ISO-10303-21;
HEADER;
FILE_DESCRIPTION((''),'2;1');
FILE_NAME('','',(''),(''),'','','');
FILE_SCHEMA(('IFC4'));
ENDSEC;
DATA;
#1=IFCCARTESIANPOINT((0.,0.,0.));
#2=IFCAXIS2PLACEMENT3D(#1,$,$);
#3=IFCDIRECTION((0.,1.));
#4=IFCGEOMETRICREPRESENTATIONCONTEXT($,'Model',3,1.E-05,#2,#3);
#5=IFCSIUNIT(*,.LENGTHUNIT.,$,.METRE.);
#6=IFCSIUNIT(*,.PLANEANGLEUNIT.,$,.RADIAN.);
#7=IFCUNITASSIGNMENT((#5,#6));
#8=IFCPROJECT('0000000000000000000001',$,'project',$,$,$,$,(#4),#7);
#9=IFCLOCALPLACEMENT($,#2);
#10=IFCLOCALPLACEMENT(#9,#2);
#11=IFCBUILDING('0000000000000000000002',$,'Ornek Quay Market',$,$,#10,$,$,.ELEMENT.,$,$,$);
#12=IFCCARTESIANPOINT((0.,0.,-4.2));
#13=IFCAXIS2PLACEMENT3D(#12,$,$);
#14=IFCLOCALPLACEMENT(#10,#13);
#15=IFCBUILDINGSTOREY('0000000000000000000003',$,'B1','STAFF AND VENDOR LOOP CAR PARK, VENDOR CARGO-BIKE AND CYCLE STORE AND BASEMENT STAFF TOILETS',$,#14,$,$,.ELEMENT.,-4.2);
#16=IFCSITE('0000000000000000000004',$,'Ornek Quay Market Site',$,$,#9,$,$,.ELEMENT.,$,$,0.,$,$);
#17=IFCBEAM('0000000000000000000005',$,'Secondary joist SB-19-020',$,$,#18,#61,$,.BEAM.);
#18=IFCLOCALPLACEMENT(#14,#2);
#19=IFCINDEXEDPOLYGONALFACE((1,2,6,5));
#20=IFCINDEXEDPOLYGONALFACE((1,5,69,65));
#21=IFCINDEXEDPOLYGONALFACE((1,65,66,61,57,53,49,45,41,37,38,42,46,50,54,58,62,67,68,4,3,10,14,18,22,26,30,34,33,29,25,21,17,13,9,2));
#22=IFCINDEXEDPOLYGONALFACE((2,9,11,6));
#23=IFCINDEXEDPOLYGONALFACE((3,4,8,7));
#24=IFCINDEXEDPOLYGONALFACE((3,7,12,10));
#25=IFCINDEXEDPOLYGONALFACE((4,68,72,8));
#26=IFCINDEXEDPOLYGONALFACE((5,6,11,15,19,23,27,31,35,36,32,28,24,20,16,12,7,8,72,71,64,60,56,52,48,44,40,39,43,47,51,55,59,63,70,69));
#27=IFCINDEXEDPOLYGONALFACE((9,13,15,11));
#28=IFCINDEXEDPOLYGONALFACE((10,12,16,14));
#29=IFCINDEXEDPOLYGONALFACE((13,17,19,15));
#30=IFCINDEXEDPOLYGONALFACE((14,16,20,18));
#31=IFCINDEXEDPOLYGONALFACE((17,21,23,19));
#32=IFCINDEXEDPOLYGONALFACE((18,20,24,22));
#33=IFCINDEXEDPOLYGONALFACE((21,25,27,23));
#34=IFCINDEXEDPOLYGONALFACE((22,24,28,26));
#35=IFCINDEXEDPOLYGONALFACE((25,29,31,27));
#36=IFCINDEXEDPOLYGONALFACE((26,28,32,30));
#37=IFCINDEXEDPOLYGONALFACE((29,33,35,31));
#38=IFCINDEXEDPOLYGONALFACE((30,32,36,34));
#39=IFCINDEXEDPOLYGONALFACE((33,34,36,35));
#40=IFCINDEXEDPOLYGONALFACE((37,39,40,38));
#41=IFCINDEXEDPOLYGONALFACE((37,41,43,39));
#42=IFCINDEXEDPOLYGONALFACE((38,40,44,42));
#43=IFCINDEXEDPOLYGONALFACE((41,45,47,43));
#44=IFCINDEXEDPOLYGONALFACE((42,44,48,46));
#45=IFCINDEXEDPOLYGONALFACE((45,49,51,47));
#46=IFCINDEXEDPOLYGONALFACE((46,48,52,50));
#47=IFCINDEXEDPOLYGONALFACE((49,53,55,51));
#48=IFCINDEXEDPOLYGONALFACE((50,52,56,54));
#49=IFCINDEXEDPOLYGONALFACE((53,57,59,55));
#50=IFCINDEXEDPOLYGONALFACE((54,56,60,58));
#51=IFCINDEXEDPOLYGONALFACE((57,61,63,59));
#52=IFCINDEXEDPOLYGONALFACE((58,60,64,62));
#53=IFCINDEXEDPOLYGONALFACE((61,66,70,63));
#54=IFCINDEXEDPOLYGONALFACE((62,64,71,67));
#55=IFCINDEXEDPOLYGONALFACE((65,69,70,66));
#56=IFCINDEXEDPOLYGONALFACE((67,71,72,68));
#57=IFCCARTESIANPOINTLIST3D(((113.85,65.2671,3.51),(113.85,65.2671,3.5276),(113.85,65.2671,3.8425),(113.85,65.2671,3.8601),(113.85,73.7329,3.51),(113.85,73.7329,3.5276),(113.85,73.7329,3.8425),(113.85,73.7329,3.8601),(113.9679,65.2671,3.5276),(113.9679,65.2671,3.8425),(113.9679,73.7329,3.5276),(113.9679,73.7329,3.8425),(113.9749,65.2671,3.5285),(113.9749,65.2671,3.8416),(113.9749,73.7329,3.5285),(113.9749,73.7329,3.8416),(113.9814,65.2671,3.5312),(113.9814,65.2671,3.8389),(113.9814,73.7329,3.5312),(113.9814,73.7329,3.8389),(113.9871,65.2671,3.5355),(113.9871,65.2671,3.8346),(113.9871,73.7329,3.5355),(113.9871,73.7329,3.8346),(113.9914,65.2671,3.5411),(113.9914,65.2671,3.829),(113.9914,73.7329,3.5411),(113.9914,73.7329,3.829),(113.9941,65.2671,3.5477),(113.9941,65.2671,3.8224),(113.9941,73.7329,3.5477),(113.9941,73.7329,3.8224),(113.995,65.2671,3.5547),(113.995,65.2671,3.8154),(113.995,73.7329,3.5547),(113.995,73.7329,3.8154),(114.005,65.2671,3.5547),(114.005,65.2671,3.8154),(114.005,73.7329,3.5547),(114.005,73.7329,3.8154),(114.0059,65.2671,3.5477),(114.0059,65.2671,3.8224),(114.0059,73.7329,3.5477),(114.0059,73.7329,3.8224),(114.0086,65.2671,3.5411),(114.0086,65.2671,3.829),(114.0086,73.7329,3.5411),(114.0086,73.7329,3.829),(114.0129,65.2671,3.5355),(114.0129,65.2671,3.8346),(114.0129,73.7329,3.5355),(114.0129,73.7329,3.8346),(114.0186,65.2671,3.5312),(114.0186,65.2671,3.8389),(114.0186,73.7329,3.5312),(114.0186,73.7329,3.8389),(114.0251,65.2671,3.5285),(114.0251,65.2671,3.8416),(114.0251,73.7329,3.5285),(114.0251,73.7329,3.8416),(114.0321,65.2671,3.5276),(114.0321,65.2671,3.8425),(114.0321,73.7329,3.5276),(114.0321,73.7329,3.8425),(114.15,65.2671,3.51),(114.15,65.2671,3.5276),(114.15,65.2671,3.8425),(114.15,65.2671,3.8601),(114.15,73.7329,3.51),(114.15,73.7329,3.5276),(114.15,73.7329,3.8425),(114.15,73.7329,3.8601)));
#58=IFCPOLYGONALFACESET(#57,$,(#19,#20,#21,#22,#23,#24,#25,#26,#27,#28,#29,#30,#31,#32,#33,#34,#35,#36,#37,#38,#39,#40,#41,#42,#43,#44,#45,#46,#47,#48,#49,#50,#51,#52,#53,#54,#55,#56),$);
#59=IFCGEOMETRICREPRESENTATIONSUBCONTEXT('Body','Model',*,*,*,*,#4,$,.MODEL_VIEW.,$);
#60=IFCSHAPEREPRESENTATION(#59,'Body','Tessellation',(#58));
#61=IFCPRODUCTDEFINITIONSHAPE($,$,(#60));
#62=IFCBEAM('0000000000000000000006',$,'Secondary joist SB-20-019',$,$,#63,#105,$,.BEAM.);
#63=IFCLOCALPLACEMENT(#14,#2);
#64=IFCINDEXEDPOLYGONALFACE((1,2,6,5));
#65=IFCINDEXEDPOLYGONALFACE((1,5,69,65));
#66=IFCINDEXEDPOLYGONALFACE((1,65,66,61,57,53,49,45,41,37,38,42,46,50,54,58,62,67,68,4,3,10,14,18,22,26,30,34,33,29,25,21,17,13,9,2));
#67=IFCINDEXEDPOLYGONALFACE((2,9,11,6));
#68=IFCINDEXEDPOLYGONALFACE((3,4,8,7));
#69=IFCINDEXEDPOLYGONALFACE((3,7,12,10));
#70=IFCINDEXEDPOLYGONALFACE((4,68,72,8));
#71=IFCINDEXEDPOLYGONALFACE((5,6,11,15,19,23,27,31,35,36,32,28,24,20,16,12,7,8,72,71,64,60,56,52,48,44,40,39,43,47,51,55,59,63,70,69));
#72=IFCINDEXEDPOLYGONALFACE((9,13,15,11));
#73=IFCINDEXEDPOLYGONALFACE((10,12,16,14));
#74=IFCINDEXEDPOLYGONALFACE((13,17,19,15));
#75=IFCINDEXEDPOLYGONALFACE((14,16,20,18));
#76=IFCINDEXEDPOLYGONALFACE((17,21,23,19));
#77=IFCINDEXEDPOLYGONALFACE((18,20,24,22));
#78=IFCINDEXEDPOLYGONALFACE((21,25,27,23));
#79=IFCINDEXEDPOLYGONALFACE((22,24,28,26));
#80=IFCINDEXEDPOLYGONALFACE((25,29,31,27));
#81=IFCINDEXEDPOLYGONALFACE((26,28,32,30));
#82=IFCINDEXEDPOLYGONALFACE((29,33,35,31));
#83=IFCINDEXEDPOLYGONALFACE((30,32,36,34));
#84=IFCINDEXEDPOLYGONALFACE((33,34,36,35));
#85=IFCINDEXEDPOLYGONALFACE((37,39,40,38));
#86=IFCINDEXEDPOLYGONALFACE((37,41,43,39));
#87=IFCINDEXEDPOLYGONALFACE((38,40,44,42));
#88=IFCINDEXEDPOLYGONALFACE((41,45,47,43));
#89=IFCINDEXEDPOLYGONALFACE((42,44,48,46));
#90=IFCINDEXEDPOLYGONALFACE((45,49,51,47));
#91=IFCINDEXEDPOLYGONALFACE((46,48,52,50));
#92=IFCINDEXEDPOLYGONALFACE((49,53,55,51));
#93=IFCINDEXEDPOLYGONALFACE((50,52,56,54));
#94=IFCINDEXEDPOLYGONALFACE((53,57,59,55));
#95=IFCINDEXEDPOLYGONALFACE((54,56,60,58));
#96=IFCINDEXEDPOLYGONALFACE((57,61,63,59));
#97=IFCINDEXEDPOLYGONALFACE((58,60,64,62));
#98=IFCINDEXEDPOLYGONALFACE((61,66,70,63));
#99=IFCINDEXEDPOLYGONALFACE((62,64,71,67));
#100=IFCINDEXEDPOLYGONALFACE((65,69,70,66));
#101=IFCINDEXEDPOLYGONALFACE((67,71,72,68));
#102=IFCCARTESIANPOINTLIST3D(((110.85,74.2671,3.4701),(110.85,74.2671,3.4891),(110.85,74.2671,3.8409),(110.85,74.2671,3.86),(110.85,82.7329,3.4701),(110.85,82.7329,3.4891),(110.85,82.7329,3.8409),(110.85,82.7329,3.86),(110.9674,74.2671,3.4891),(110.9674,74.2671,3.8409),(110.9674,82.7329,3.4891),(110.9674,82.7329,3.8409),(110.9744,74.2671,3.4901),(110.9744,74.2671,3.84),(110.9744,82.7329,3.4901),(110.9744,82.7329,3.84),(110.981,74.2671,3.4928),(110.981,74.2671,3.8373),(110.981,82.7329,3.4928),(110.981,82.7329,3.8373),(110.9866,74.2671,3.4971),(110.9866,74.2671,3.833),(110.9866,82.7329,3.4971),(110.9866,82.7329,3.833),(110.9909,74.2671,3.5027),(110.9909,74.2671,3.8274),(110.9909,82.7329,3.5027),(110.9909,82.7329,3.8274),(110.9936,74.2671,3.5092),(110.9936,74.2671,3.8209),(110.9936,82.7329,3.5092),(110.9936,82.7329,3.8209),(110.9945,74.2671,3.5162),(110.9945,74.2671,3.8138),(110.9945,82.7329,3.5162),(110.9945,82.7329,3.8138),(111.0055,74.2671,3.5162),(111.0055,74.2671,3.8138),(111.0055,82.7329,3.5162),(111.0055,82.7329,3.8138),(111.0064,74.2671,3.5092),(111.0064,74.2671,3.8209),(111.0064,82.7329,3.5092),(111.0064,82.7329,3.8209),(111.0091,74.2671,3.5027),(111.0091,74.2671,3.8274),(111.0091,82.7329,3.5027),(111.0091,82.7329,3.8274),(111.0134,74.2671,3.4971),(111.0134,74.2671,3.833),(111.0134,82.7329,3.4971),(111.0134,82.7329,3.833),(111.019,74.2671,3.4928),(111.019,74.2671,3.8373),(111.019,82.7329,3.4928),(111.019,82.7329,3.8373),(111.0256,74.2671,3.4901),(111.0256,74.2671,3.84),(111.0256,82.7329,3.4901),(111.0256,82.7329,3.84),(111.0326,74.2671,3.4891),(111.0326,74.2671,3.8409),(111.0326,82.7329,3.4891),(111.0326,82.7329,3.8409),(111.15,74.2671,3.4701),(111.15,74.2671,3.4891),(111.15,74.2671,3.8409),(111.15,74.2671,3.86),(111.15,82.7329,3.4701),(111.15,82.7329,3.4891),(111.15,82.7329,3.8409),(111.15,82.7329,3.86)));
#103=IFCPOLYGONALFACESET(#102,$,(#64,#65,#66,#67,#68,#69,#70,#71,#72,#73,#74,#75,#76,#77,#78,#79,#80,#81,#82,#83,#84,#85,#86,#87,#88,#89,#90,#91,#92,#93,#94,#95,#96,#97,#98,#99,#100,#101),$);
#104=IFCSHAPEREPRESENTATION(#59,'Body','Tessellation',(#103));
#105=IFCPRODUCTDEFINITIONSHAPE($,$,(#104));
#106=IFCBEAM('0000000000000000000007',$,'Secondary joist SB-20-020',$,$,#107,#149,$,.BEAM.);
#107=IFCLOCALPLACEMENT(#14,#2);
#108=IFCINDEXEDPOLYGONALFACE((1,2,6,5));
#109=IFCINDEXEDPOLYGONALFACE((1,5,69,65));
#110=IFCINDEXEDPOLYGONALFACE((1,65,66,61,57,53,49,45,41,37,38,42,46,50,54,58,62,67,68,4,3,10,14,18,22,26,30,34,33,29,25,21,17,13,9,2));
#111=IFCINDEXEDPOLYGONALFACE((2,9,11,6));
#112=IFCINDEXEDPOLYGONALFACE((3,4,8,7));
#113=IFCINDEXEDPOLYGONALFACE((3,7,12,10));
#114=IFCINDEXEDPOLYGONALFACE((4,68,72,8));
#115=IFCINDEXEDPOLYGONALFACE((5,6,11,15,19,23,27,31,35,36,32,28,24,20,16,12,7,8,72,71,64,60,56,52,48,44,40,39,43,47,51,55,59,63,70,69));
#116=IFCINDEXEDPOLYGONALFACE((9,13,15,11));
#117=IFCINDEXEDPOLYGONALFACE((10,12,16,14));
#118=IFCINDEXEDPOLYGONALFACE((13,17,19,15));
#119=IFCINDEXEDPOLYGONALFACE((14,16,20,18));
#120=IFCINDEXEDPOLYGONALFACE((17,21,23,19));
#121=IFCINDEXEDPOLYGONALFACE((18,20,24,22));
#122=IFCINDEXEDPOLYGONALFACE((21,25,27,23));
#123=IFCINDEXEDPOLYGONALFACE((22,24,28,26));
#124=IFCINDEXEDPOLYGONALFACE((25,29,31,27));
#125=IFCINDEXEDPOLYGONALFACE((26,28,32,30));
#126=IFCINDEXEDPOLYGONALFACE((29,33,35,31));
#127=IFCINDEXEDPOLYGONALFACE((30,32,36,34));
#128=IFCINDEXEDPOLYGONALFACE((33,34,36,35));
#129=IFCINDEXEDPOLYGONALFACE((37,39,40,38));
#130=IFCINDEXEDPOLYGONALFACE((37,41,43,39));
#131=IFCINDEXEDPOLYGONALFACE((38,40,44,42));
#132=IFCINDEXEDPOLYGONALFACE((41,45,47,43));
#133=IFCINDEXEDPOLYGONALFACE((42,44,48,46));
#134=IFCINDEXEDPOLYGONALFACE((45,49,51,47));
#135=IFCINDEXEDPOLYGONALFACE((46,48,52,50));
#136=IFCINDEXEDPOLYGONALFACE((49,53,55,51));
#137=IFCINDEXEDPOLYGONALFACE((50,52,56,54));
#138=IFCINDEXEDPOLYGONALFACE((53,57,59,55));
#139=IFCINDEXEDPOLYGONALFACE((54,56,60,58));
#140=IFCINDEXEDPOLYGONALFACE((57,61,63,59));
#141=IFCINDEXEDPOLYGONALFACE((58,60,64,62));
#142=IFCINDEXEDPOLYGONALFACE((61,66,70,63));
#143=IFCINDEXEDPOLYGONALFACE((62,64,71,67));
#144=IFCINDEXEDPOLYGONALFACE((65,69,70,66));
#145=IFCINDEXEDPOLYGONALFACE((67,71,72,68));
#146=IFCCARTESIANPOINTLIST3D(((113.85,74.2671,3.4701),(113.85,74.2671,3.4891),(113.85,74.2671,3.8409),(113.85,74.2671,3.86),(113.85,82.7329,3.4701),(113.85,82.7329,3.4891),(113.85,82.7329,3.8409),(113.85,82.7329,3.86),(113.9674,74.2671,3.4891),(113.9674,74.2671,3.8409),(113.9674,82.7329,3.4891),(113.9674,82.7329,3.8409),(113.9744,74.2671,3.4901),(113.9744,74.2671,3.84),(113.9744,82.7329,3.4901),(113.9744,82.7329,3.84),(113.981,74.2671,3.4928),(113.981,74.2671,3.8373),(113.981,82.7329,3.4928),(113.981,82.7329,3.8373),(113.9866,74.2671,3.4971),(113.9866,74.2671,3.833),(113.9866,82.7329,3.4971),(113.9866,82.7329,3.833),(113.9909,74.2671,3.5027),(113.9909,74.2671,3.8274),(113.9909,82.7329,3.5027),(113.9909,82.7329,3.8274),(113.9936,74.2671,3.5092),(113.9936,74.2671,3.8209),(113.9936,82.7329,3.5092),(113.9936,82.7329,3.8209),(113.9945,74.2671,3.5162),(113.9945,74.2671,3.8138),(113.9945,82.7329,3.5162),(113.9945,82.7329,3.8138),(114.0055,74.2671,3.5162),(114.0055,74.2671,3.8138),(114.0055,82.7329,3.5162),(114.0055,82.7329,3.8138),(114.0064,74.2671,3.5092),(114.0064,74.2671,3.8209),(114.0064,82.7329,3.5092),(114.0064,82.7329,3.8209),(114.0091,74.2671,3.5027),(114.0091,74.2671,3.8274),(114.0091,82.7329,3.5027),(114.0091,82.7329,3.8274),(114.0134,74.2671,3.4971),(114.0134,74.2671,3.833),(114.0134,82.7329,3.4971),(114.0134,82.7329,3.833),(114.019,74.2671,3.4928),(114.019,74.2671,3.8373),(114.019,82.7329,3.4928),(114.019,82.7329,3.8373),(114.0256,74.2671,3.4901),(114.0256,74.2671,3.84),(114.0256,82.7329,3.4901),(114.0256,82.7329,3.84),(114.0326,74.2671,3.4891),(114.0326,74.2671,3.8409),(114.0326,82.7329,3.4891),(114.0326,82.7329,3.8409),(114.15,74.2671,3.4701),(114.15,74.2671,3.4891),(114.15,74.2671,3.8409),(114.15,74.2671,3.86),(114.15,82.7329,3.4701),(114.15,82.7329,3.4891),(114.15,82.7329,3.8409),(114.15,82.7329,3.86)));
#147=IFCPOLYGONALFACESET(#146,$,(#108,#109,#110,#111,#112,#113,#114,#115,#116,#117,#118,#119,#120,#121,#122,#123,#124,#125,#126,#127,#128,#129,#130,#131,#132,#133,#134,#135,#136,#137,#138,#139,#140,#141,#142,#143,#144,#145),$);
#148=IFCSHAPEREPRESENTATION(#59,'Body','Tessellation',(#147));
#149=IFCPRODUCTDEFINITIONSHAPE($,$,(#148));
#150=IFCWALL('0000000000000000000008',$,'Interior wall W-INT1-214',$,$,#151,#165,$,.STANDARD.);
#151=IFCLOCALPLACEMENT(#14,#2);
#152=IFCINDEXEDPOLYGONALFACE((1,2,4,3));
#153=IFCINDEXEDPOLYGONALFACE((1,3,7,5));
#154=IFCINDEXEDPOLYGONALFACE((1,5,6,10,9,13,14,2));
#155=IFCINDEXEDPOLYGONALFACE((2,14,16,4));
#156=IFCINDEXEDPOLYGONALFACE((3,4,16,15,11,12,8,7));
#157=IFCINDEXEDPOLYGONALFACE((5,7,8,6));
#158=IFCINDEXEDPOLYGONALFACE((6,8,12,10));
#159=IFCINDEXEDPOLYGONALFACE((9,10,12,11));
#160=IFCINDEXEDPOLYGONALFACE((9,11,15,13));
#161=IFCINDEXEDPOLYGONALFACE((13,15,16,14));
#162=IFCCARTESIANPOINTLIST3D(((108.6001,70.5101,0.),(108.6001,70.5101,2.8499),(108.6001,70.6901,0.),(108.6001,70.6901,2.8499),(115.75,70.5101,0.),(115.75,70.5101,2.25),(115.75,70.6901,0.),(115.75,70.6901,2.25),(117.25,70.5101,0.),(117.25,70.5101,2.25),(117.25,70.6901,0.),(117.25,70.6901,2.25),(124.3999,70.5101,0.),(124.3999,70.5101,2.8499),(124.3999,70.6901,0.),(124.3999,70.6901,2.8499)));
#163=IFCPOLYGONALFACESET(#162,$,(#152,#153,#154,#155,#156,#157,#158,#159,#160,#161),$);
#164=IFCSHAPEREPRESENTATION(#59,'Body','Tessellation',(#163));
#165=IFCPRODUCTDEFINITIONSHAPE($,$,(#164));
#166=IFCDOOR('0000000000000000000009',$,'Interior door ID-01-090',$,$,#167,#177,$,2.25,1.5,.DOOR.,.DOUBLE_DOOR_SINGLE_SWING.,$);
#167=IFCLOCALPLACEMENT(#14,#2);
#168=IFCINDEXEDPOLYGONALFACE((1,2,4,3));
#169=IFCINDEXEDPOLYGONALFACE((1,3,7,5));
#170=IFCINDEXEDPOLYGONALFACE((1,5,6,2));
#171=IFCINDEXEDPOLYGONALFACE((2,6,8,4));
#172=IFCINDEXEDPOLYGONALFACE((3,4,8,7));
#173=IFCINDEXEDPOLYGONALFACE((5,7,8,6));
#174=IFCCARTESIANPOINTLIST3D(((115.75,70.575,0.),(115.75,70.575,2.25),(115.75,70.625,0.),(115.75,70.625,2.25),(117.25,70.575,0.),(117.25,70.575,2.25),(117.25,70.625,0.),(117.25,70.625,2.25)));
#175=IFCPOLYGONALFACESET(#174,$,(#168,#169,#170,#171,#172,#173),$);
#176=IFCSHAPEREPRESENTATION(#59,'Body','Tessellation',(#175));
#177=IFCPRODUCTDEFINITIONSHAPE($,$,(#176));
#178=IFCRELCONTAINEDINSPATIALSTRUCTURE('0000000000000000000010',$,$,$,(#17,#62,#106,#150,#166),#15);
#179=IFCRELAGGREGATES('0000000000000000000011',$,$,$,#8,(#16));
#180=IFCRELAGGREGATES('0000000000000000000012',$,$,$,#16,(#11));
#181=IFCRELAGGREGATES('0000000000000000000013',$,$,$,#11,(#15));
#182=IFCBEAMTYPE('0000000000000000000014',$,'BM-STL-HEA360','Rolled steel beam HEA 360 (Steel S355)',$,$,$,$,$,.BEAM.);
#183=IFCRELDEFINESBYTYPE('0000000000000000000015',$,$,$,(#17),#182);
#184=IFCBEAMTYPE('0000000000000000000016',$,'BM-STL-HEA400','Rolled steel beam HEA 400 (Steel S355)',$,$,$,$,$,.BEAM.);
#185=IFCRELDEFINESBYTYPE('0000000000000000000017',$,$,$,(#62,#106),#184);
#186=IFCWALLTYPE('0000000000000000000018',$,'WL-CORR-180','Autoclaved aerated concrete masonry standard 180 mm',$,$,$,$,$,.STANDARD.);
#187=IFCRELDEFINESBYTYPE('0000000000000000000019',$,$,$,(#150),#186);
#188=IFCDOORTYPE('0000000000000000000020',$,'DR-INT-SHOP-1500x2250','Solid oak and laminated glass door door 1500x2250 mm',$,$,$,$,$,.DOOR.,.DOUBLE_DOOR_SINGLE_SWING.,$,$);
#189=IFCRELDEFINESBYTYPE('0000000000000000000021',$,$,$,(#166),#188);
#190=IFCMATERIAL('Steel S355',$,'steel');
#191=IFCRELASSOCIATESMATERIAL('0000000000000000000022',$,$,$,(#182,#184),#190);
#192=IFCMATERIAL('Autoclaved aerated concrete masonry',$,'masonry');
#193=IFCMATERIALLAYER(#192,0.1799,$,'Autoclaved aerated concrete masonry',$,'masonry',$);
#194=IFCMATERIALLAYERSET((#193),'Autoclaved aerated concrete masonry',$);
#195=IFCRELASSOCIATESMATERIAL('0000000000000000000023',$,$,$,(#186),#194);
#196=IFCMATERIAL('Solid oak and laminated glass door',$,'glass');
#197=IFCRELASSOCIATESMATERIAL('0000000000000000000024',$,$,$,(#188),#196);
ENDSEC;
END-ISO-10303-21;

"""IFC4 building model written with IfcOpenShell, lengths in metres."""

from ifc_helpers import new_model, si_unit, direction, frame, frame_2d, origin, origin_2d, place, context, subcontext, project, spatial, rectangle, i_section, extrude, material, layer, layer_set, material_profile, profile_set, type_object, element, fill, save


model = new_model("IFC4")

# Units and contexts
model_context = context("Model", 3, precision=1e-05, world=origin(), true_north=direction((0.0, 1.0)))
body_context = subcontext(model_context, "Body", "Model", "MODEL_VIEW")
ifc_project = project(units=[si_unit("LENGTHUNIT", "METRE"), si_unit("PLANEANGLEUNIT", "RADIAN")], contexts=[model_context])

# Site, building, storey
site_placement = place(None, origin())
site = spatial("IfcSite", under=ifc_project, at=site_placement, Name="Ornek Quay Market Site", CompositionType="ELEMENT", RefElevation=0.0)
building_placement = place(site_placement, origin())
building = spatial("IfcBuilding", under=site, at=building_placement, Name="Ornek Quay Market", CompositionType="ELEMENT")
storey_placement = place(building_placement, frame((0.0, 0.0, -4.2)))
storey = spatial("IfcBuildingStorey", under=building, at=storey_placement, Name="B1", Description="STAFF AND VENDOR LOOP CAR PARK, VENDOR CARGO-BIKE AND CYCLE STORE AND BASEMENT STAFF TOILETS", CompositionType="ELEMENT", Elevation=-4.2)

# Beams
ifc_material_1 = material(Name="Steel S355", Category="steel")
ifc_material_profile_1 = material_profile(ifc_material_1, i_section(OverallWidth=0.3, OverallDepth=0.3501, WebThickness=0.01, FlangeThickness=0.0176, FilletRadius=0.0271, at=origin_2d()), Name="HEA 360", Category="steel")
ifc_profile_set_1 = profile_set([ifc_material_profile_1], Name="Steel S355")
beam_type_1 = type_object("IfcBeamType", Name="BM-STL-HEA360", Description="Rolled steel beam HEA 360 (Steel S355)", PredefinedType="BEAM", material=ifc_profile_set_1)
for number, where, z_axis, x_axis, name in (
    (1, (114.0, 65.2671, 3.6851), (0.0, 1.0, 0.0), (-1.0, 0.0, 0.0), "Secondary joist SB-19-020"),
):
    element("IfcBeam", number, at=place(storey_placement, frame(where, z_axis=z_axis, x_axis=x_axis)), inside=storey, type_object=beam_type_1, Name=name, PredefinedType="BEAM", context=body_context, shape_type="SweptSolid", body=[
        extrude(i_section(OverallWidth=0.3, OverallDepth=0.3501, WebThickness=0.01, FlangeThickness=0.0176, FilletRadius=0.0271, at=origin_2d()), origin(), (0.0, 0.0, 1.0), 8.4658),
    ])
ifc_material_profile_2 = material_profile(ifc_material_1, i_section(OverallWidth=0.3, OverallDepth=0.3899, WebThickness=0.011, FlangeThickness=0.019, FilletRadius=0.0271, at=origin_2d()), Name="HEA 400", Category="steel")
ifc_profile_set_2 = profile_set([ifc_material_profile_2], Name="Steel S355")
beam_type_2 = type_object("IfcBeamType", Name="BM-STL-HEA400", Description="Rolled steel beam HEA 400 (Steel S355)", PredefinedType="BEAM", material=ifc_profile_set_2)
for number, where, z_axis, x_axis, name in (
    (2, (111.0, 74.2671, 3.665), (0.0, 1.0, 0.0), (-1.0, 0.0, 0.0), "Secondary joist SB-20-019"),
    (3, (114.0, 74.2671, 3.665), (0.0, 1.0, 0.0), (-1.0, 0.0, 0.0), "Secondary joist SB-20-020"),
):
    element("IfcBeam", number, at=place(storey_placement, frame(where, z_axis=z_axis, x_axis=x_axis)), inside=storey, type_object=beam_type_2, Name=name, PredefinedType="BEAM", context=body_context, shape_type="SweptSolid", body=[
        extrude(i_section(OverallWidth=0.3, OverallDepth=0.3899, WebThickness=0.011, FlangeThickness=0.019, FilletRadius=0.0271, at=origin_2d()), origin(), (0.0, 0.0, 1.0), 8.4658),
    ])

# Wall, opening, door
ifc_material_2 = material(Name="Autoclaved aerated concrete masonry", Category="masonry")
ifc_layer = layer(ifc_material_2, 0.1799, Name="Autoclaved aerated concrete masonry", Category="masonry")
ifc_layer_set = layer_set([ifc_layer], Name="Autoclaved aerated concrete masonry")
wall_type = type_object("IfcWallType", Name="WL-CORR-180", Description="Autoclaved aerated concrete masonry standard 180 mm", PredefinedType="STANDARD", material=ifc_layer_set)
wall_placement = place(storey_placement, frame((108.6001, 70.6001, 0.0), z_axis=(0.0, 0.0, 1.0), x_axis=(1.0, 0.0, 0.0)))
wall = element("IfcWall", 4, at=wall_placement, inside=storey, type_object=wall_type, Name="Interior wall W-INT1-214", PredefinedType="STANDARD", context=body_context, shape_type="SweptSolid", body=[
    extrude(rectangle(XDim=15.7998, YDim=0.1799, at=frame_2d((7.8999, 0.0))), origin(), (0.0, 0.0, 1.0), 2.8499),
])
opening_placement = place(wall_placement, frame((7.1499, 0.0, 0.0)))
opening = element("IfcOpeningElement", 5, at=opening_placement, cuts=wall, PredefinedType="OPENING", context=body_context, shape_type="SweptSolid", body=[
    extrude(rectangle(XDim=1.5, YDim=2.25, at=frame_2d((0.75, 1.125))), frame((0.0, 0.0999, 0.0), z_axis=(0.0, -1.0, 0.0), x_axis=(1.0, 0.0, 0.0)), (0.0, 0.0, 1.0), 0.2),
])
ifc_material_3 = material(Name="Solid oak and laminated glass door", Category="glass")
door_type = type_object("IfcDoorType", Name="DR-INT-SHOP-1500x2250", Description="Solid oak and laminated glass door door 1500x2250 mm", OperationType="DOUBLE_DOOR_SINGLE_SWING", PredefinedType="DOOR", material=ifc_material_3)
door_placement = place(opening_placement, origin())
door = element("IfcDoor", 6, at=door_placement, inside=storey, type_object=door_type, Name="Interior door ID-01-090", OperationType="DOUBLE_DOOR_SINGLE_SWING", OverallHeight=2.25, OverallWidth=1.5, PredefinedType="DOOR", context=body_context, shape_type="SweptSolid", body=[
    extrude(rectangle(XDim=1.5, YDim=2.25, at=frame_2d((0.75, 1.125))), frame((0.0, 0.0249, 0.0), z_axis=(0.0, -1.0, 0.0), x_axis=(1.0, 0.0, 0.0)), (0.0, 0.0, 1.0), 0.05),
])
fill(opening, door)

save(model, "model.ifc")
